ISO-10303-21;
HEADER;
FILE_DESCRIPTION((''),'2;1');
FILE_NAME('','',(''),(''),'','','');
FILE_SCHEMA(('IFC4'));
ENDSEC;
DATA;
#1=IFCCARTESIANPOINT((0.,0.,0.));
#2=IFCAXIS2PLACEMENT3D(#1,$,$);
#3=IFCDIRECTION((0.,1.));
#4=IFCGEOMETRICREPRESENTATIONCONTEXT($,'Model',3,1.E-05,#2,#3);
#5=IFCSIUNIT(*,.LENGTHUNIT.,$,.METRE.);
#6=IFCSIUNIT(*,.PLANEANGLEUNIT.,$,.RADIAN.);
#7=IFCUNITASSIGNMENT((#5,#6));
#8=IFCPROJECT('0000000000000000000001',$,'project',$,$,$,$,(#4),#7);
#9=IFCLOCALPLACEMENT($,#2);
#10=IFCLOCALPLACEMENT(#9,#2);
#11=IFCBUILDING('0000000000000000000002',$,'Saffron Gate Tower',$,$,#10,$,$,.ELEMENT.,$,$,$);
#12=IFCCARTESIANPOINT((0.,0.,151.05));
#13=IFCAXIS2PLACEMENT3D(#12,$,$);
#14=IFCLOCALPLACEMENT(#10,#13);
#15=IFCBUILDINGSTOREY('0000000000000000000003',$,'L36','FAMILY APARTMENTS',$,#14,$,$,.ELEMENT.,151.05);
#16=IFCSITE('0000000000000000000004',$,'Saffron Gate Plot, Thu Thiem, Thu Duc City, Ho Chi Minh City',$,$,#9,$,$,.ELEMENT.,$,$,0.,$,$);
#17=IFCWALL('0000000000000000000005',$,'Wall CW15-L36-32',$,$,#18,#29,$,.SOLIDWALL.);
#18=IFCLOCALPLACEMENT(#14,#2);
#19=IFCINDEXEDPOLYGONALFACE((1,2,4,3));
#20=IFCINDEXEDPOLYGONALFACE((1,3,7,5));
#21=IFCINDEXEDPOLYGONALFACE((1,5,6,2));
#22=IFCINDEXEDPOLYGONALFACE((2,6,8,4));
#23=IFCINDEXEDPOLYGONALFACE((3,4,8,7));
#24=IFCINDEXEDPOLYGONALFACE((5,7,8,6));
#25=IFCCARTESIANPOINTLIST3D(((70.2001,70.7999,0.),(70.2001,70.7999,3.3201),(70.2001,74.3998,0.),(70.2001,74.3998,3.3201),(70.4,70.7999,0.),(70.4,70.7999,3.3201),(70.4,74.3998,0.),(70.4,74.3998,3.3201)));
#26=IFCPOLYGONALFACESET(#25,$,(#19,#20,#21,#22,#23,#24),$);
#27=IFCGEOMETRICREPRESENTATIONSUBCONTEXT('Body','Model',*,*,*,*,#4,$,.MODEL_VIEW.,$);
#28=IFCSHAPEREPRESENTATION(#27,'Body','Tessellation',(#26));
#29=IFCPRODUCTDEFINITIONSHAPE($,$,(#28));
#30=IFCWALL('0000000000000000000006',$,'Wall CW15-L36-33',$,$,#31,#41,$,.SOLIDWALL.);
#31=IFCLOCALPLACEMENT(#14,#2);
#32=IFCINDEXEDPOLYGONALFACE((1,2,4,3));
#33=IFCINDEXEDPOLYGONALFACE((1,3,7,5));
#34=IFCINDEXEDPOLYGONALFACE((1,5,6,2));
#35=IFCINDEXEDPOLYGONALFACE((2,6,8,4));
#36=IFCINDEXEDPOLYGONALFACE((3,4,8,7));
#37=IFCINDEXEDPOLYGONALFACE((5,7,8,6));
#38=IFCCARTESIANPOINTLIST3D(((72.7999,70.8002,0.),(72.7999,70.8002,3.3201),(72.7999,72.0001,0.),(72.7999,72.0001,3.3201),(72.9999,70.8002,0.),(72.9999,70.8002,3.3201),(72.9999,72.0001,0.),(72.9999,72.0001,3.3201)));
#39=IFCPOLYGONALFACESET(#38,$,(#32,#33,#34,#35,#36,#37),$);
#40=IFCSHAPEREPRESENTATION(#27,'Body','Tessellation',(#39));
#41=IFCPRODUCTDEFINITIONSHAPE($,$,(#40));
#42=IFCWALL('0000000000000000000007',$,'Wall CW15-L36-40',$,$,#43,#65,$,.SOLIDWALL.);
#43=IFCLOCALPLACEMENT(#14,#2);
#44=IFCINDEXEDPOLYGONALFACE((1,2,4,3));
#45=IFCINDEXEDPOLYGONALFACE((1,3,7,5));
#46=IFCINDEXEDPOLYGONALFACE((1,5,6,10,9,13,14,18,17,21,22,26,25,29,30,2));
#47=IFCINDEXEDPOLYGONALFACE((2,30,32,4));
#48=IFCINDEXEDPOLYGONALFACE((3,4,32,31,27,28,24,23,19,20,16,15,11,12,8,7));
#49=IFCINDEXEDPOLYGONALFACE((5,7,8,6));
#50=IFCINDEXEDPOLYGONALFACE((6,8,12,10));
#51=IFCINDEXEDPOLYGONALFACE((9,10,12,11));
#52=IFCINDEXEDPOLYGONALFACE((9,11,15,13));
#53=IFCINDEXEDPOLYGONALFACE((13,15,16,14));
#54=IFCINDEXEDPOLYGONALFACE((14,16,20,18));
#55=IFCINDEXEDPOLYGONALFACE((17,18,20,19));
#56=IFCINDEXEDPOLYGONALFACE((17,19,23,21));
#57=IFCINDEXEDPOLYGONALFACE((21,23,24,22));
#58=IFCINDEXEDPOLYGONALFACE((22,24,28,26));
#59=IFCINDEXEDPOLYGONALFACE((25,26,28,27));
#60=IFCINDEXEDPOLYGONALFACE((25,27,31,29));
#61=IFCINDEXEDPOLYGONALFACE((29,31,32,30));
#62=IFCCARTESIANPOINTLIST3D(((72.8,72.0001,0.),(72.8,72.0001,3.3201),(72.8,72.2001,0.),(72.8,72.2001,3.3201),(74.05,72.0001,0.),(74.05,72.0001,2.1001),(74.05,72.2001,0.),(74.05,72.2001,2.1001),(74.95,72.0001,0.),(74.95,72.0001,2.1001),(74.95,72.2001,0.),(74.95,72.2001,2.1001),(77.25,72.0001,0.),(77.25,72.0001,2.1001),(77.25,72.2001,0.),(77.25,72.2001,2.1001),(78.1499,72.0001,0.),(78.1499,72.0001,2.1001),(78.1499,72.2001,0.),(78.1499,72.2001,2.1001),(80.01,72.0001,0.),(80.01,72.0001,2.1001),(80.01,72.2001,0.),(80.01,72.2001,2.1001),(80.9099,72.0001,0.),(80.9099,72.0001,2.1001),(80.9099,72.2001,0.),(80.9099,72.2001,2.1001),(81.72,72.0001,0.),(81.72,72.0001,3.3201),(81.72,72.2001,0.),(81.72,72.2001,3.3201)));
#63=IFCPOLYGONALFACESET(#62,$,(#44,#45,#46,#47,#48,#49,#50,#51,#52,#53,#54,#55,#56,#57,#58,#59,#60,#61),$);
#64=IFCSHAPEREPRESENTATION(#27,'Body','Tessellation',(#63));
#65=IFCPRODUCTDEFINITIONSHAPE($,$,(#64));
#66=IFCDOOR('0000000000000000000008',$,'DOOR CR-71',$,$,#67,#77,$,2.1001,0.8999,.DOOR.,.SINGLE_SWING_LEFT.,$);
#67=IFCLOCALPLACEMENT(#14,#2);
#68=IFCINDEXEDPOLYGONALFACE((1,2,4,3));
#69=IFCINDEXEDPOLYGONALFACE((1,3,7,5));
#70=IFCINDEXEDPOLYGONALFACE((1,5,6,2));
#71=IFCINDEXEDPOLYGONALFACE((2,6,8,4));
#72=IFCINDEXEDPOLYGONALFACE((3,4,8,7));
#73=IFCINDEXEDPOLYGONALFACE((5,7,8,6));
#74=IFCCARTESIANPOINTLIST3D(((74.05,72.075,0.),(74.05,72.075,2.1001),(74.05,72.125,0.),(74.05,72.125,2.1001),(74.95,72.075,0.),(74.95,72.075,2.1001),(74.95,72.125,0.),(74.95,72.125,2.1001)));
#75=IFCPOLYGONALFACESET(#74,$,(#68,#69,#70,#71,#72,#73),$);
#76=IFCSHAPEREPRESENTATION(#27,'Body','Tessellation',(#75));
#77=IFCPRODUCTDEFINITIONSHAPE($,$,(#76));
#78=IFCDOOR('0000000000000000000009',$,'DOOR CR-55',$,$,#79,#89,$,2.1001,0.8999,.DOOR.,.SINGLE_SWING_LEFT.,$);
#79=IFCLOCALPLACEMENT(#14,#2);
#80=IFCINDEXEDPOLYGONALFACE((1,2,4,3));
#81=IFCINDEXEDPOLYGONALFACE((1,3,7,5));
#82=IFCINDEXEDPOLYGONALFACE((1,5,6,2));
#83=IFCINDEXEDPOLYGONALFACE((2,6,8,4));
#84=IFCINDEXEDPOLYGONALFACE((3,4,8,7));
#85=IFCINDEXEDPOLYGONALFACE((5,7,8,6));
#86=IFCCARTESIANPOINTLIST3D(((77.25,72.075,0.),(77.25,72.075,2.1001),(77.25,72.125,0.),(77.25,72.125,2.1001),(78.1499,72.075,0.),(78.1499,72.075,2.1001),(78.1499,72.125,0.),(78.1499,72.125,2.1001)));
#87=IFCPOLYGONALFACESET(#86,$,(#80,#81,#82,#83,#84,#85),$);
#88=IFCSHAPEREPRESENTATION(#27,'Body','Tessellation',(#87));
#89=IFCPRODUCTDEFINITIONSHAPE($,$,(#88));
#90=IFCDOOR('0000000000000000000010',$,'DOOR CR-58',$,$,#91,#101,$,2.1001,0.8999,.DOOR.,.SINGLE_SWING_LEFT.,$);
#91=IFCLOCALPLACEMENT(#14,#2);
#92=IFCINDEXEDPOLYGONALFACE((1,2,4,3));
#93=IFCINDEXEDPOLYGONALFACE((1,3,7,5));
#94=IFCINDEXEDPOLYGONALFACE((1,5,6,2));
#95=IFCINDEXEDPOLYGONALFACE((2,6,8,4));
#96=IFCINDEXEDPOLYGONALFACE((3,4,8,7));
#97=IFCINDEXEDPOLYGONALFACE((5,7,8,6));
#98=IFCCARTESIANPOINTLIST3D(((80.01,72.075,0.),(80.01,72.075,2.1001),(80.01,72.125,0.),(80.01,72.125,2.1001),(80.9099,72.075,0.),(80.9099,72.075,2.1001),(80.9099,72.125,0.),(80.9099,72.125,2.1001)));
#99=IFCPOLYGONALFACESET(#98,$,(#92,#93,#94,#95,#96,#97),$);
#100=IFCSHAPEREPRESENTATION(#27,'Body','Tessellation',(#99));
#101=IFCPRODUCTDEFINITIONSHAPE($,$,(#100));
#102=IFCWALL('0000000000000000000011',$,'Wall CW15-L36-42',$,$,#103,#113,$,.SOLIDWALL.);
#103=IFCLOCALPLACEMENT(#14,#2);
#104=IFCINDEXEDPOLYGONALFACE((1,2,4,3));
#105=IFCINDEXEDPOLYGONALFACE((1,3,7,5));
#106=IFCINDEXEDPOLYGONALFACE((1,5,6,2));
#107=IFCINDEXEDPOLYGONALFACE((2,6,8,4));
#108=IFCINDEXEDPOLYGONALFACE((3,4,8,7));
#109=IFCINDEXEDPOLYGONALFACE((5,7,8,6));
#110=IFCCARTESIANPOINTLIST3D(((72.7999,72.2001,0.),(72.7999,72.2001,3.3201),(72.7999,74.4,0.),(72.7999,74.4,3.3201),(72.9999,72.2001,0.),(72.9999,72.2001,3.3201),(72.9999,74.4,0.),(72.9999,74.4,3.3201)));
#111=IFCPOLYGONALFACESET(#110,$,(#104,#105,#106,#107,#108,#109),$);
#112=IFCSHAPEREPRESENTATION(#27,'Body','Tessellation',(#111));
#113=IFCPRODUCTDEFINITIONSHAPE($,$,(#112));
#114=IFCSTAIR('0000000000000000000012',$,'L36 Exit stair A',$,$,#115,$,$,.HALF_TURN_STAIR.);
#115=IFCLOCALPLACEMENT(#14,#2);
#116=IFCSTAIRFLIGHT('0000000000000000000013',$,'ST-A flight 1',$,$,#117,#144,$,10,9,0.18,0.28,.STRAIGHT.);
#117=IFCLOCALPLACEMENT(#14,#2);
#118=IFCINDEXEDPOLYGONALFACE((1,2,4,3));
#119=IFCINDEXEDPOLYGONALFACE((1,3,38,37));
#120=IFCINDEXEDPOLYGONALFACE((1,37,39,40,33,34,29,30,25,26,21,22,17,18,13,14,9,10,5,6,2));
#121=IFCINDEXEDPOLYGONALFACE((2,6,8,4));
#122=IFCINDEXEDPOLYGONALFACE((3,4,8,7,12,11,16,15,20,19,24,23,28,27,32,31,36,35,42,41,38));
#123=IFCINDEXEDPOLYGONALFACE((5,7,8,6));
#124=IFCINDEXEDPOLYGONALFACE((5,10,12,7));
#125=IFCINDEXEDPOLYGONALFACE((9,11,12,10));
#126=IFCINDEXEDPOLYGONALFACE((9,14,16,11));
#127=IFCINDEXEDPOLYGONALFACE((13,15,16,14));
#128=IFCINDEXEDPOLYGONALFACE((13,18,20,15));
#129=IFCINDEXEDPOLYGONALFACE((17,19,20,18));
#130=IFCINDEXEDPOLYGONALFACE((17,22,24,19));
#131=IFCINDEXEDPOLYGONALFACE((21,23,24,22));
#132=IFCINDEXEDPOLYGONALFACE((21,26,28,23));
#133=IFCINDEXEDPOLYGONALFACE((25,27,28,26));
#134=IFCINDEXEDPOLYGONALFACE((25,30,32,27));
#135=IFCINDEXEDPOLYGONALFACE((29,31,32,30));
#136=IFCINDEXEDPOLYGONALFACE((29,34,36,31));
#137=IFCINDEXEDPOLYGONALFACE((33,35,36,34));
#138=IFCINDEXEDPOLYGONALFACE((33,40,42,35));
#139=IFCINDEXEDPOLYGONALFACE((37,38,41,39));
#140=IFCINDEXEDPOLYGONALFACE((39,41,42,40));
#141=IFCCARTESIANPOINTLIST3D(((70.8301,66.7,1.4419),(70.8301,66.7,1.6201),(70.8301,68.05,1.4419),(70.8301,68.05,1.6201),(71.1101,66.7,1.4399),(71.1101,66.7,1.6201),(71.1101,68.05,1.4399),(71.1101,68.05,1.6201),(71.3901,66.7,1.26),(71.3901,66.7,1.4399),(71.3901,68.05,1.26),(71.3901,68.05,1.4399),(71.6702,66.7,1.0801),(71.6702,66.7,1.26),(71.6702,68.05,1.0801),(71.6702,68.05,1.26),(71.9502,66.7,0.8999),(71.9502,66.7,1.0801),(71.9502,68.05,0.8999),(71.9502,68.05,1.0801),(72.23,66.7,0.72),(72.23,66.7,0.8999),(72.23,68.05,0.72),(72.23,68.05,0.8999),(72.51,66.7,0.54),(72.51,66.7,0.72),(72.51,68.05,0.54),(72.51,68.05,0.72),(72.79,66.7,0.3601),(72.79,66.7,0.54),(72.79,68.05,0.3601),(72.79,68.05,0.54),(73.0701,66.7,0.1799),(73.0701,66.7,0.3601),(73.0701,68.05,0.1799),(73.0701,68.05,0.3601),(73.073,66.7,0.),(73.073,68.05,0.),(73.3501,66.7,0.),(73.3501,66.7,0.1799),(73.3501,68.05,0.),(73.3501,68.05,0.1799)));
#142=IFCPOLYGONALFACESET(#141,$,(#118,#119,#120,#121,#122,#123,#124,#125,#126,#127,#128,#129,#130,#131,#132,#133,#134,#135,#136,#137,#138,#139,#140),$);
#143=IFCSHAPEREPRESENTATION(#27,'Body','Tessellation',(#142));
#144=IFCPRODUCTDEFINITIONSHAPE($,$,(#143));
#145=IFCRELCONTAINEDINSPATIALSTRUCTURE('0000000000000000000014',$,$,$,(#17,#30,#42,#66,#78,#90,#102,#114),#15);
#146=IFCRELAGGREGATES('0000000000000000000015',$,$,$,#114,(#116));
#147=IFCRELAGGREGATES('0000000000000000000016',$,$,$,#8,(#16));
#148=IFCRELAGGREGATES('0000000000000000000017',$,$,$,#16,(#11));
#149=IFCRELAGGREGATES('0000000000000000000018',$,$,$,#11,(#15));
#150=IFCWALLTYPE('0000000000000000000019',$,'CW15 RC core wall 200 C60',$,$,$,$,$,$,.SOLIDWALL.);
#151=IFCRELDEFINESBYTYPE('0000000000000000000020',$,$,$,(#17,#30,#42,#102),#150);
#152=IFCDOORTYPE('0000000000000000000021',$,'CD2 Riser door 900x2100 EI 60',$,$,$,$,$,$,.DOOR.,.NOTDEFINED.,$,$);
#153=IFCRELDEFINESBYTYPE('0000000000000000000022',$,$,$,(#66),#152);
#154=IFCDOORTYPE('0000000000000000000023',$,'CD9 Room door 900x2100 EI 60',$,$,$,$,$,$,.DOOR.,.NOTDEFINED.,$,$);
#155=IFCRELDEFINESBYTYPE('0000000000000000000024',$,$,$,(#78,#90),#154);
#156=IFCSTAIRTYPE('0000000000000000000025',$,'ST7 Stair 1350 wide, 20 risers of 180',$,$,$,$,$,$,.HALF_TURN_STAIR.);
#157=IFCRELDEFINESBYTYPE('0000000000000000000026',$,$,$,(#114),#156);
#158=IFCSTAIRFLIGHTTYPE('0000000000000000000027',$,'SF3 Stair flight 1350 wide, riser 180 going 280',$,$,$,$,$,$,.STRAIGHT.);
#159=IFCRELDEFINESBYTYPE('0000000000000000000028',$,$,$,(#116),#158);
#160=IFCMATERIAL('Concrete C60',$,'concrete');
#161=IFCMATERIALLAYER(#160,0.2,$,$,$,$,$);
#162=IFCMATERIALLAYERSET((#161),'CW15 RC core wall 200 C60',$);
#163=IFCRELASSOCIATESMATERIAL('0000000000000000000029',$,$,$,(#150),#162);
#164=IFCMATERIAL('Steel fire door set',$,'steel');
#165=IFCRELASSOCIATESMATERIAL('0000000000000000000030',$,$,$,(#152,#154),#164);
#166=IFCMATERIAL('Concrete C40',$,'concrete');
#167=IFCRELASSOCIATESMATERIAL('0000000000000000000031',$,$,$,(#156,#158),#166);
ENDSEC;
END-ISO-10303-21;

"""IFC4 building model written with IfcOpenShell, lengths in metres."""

from ifc_helpers import new_model, si_unit, direction, frame, frame_2d, origin, place, context, subcontext, project, spatial, polyline, rectangle, outline, extrude, material, layer, layer_set, type_object, element, fill, aggregate, save


model = new_model("IFC4")

# Units and contexts
model_context = context("Model", 3, precision=1e-05, world=origin(), true_north=direction((0.0, 1.0)))
body_context = subcontext(model_context, "Body", "Model", "MODEL_VIEW")
ifc_project = project(units=[si_unit("LENGTHUNIT", "METRE"), si_unit("PLANEANGLEUNIT", "RADIAN")], contexts=[model_context])

# Site, building, storey
site_placement = place(None, origin())
site = spatial("IfcSite", under=ifc_project, at=site_placement, Name="Saffron Gate Plot, Thu Thiem, Thu Duc City, Ho Chi Minh City", CompositionType="ELEMENT", RefElevation=0.0)
building_placement = place(site_placement, origin())
building = spatial("IfcBuilding", under=site, at=building_placement, Name="Saffron Gate Tower", CompositionType="ELEMENT")
storey_placement = place(building_placement, frame((0.0, 0.0, 151.05)))
storey = spatial("IfcBuildingStorey", under=building, at=storey_placement, Name="L36", Description="FAMILY APARTMENTS", CompositionType="ELEMENT", Elevation=151.05)

# Walls
ifc_material_1 = material(Name="Concrete C60", Category="concrete")
ifc_layer = layer(ifc_material_1, 0.2)
ifc_layer_set = layer_set([ifc_layer], Name="CW15 RC core wall 200 C60")
wall_type = type_object("IfcWallType", Name="CW15 RC core wall 200 C60", PredefinedType="SOLIDWALL", material=ifc_layer_set)
wall_1_placement = place(storey_placement, frame((70.3, 70.8, 0.0), z_axis=(0.0, 0.0, 1.0), x_axis=(0.0, 1.0, 0.0)))
element("IfcWall", 1, at=wall_1_placement, inside=storey, type_object=wall_type, Name="Wall CW15-L36-32", PredefinedType="SOLIDWALL", context=body_context, shape_type="SweptSolid", body=[
    extrude(rectangle(XDim=3.5999, YDim=0.2, at=frame_2d((1.7998, 0.0))), origin(), (0.0, 0.0, 1.0), 3.3201),
])
wall_2_placement = place(storey_placement, frame((72.8999, 70.8, 0.0), z_axis=(0.0, 0.0, 1.0), x_axis=(0.0, 1.0, 0.0)))
element("IfcWall", 2, at=wall_2_placement, inside=storey, type_object=wall_type, Name="Wall CW15-L36-33", PredefinedType="SOLIDWALL", context=body_context, shape_type="SweptSolid", body=[
    extrude(rectangle(XDim=1.2, YDim=0.2, at=frame_2d((0.6001, 0.0))), origin(), (0.0, 0.0, 1.0), 3.3201),
])

# Wall, openings, doors
wall_3_placement = place(storey_placement, frame((72.8, 72.1001, 0.0), z_axis=(0.0, 0.0, 1.0), x_axis=(1.0, 0.0, 0.0)))
wall_3 = element("IfcWall", 3, at=wall_3_placement, inside=storey, type_object=wall_type, Name="Wall CW15-L36-40", PredefinedType="SOLIDWALL", context=body_context, shape_type="SweptSolid", body=[
    extrude(rectangle(XDim=8.9199, YDim=0.2, at=frame_2d((4.46, 0.0))), origin(), (0.0, 0.0, 1.0), 3.3201),
])
opening_1_placement = place(wall_3_placement, frame((1.25, 0.0, 0.0)))
opening_1 = element("IfcOpeningElement", 4, at=opening_1_placement, cuts=wall_3, PredefinedType="OPENING", context=body_context, shape_type="SweptSolid", body=[
    extrude(rectangle(XDim=0.8999, YDim=2.1001, at=frame_2d((0.45, 1.05))), frame((0.0, 0.1099, 0.0), z_axis=(0.0, -1.0, 0.0), x_axis=(1.0, 0.0, 0.0)), (0.0, 0.0, 1.0), 0.22),
])
opening_2_placement = place(wall_3_placement, frame((4.45, 0.0, 0.0)))
opening_2 = element("IfcOpeningElement", 5, at=opening_2_placement, cuts=wall_3, PredefinedType="OPENING", context=body_context, shape_type="SweptSolid", body=[
    extrude(rectangle(XDim=0.8999, YDim=2.1001, at=frame_2d((0.45, 1.05))), frame((0.0, 0.1099, 0.0), z_axis=(0.0, -1.0, 0.0), x_axis=(1.0, 0.0, 0.0)), (0.0, 0.0, 1.0), 0.22),
])
opening_3_placement = place(wall_3_placement, frame((7.21, 0.0, 0.0)))
opening_3 = element("IfcOpeningElement", 6, at=opening_3_placement, cuts=wall_3, PredefinedType="OPENING", context=body_context, shape_type="SweptSolid", body=[
    extrude(rectangle(XDim=0.8999, YDim=2.1001, at=frame_2d((0.45, 1.05))), frame((0.0, 0.1099, 0.0), z_axis=(0.0, -1.0, 0.0), x_axis=(1.0, 0.0, 0.0)), (0.0, 0.0, 1.0), 0.22),
])
ifc_material_2 = material(Name="Steel fire door set", Category="steel")
door_type_1 = type_object("IfcDoorType", Name="CD2 Riser door 900x2100 EI 60", OperationType="NOTDEFINED", PredefinedType="DOOR", material=ifc_material_2)
door_1_placement = place(opening_1_placement, origin())
door_1 = element("IfcDoor", 7, at=door_1_placement, inside=storey, type_object=door_type_1, Name="DOOR CR-71", OperationType="SINGLE_SWING_LEFT", OverallHeight=2.1001, OverallWidth=0.8999, PredefinedType="DOOR", context=body_context, shape_type="SweptSolid", body=[
    extrude(rectangle(XDim=0.8999, YDim=2.1001, at=frame_2d((0.45, 1.05))), frame((0.0, 0.0249, 0.0), z_axis=(0.0, -1.0, 0.0), x_axis=(1.0, 0.0, 0.0)), (0.0, 0.0, 1.0), 0.05),
])
fill(opening_1, door_1)
door_type_2 = type_object("IfcDoorType", Name="CD9 Room door 900x2100 EI 60", OperationType="NOTDEFINED", PredefinedType="DOOR", material=ifc_material_2)
door_2_placement = place(opening_2_placement, origin())
door_2 = element("IfcDoor", 8, at=door_2_placement, inside=storey, type_object=door_type_2, Name="DOOR CR-55", OperationType="SINGLE_SWING_LEFT", OverallHeight=2.1001, OverallWidth=0.8999, PredefinedType="DOOR", context=body_context, shape_type="SweptSolid", body=[
    extrude(rectangle(XDim=0.8999, YDim=2.1001, at=frame_2d((0.45, 1.05))), frame((0.0, 0.0249, 0.0), z_axis=(0.0, -1.0, 0.0), x_axis=(1.0, 0.0, 0.0)), (0.0, 0.0, 1.0), 0.05),
])
fill(opening_2, door_2)
door_3_placement = place(opening_3_placement, origin())
door_3 = element("IfcDoor", 9, at=door_3_placement, inside=storey, type_object=door_type_2, Name="DOOR CR-58", OperationType="SINGLE_SWING_LEFT", OverallHeight=2.1001, OverallWidth=0.8999, PredefinedType="DOOR", context=body_context, shape_type="SweptSolid", body=[
    extrude(rectangle(XDim=0.8999, YDim=2.1001, at=frame_2d((0.45, 1.05))), frame((0.0, 0.0249, 0.0), z_axis=(0.0, -1.0, 0.0), x_axis=(1.0, 0.0, 0.0)), (0.0, 0.0, 1.0), 0.05),
])
fill(opening_3, door_3)

# Wall
wall_4_placement = place(storey_placement, frame((72.8999, 72.2, 0.0), z_axis=(0.0, 0.0, 1.0), x_axis=(0.0, 1.0, 0.0)))
element("IfcWall", 10, at=wall_4_placement, inside=storey, type_object=wall_type, Name="Wall CW15-L36-42", PredefinedType="SOLIDWALL", context=body_context, shape_type="SweptSolid", body=[
    extrude(rectangle(XDim=2.2, YDim=0.2, at=frame_2d((1.1001, 0.0))), origin(), (0.0, 0.0, 1.0), 3.3201),
])

# Stair, stair flight
ifc_material_3 = material(Name="Concrete C40", Category="concrete")
stair_type = type_object("IfcStairType", Name="ST7 Stair 1350 wide, 20 risers of 180", PredefinedType="HALF_TURN_STAIR", material=ifc_material_3)
stair_placement = place(storey_placement, origin())
stair = element("IfcStair", 11, at=stair_placement, inside=storey, type_object=stair_type, Name="L36 Exit stair A", PredefinedType="HALF_TURN_STAIR")
stair_flight_type = type_object("IfcStairFlightType", Name="SF3 Stair flight 1350 wide, riser 180 going 280", PredefinedType="STRAIGHT", material=ifc_material_3)
stair_flight_placement = place(storey_placement, frame((73.3501, 67.375, 0.0), z_axis=(0.0, 0.0, 1.0), x_axis=(-1.0, 0.0, 0.0)))
stair_flight = element("IfcStairFlight", 12, at=stair_flight_placement, type_object=stair_flight_type, Name="ST-A flight 1", NumberOfRisers=10, NumberOfTreads=9, PredefinedType="STRAIGHT", RiserHeight=0.18, TreadLength=0.28, context=body_context, shape_type="SweptSolid", body=[
    extrude(outline(polyline([(0.0, 0.0), (0.0, 0.1799), (0.28, 0.1799), (0.28, 0.3601), (0.5601, 0.3601), (0.5601, 0.54), (0.8401, 0.54), (0.8401, 0.72), (1.1201, 0.72), (1.1201, 0.8999), (1.3999, 0.8999), (1.3999, 1.0801), (1.6799, 1.0801), (1.6799, 1.26), (1.96, 1.26), (1.96, 1.4399), (2.24, 1.4399), (2.24, 1.6201), (2.52, 1.6201), (2.52, 1.8), (2.52, 1.4419), (0.2771, 0.0), (0.0, 0.0)])), frame((0.0, 0.675, 0.0), z_axis=(0.0, -1.0, 0.0), x_axis=(1.0, 0.0, 0.0)), (0.0, 0.0, 1.0), 1.3501),
])
aggregate(stair, [stair_flight])

save(model, "model.ifc")
